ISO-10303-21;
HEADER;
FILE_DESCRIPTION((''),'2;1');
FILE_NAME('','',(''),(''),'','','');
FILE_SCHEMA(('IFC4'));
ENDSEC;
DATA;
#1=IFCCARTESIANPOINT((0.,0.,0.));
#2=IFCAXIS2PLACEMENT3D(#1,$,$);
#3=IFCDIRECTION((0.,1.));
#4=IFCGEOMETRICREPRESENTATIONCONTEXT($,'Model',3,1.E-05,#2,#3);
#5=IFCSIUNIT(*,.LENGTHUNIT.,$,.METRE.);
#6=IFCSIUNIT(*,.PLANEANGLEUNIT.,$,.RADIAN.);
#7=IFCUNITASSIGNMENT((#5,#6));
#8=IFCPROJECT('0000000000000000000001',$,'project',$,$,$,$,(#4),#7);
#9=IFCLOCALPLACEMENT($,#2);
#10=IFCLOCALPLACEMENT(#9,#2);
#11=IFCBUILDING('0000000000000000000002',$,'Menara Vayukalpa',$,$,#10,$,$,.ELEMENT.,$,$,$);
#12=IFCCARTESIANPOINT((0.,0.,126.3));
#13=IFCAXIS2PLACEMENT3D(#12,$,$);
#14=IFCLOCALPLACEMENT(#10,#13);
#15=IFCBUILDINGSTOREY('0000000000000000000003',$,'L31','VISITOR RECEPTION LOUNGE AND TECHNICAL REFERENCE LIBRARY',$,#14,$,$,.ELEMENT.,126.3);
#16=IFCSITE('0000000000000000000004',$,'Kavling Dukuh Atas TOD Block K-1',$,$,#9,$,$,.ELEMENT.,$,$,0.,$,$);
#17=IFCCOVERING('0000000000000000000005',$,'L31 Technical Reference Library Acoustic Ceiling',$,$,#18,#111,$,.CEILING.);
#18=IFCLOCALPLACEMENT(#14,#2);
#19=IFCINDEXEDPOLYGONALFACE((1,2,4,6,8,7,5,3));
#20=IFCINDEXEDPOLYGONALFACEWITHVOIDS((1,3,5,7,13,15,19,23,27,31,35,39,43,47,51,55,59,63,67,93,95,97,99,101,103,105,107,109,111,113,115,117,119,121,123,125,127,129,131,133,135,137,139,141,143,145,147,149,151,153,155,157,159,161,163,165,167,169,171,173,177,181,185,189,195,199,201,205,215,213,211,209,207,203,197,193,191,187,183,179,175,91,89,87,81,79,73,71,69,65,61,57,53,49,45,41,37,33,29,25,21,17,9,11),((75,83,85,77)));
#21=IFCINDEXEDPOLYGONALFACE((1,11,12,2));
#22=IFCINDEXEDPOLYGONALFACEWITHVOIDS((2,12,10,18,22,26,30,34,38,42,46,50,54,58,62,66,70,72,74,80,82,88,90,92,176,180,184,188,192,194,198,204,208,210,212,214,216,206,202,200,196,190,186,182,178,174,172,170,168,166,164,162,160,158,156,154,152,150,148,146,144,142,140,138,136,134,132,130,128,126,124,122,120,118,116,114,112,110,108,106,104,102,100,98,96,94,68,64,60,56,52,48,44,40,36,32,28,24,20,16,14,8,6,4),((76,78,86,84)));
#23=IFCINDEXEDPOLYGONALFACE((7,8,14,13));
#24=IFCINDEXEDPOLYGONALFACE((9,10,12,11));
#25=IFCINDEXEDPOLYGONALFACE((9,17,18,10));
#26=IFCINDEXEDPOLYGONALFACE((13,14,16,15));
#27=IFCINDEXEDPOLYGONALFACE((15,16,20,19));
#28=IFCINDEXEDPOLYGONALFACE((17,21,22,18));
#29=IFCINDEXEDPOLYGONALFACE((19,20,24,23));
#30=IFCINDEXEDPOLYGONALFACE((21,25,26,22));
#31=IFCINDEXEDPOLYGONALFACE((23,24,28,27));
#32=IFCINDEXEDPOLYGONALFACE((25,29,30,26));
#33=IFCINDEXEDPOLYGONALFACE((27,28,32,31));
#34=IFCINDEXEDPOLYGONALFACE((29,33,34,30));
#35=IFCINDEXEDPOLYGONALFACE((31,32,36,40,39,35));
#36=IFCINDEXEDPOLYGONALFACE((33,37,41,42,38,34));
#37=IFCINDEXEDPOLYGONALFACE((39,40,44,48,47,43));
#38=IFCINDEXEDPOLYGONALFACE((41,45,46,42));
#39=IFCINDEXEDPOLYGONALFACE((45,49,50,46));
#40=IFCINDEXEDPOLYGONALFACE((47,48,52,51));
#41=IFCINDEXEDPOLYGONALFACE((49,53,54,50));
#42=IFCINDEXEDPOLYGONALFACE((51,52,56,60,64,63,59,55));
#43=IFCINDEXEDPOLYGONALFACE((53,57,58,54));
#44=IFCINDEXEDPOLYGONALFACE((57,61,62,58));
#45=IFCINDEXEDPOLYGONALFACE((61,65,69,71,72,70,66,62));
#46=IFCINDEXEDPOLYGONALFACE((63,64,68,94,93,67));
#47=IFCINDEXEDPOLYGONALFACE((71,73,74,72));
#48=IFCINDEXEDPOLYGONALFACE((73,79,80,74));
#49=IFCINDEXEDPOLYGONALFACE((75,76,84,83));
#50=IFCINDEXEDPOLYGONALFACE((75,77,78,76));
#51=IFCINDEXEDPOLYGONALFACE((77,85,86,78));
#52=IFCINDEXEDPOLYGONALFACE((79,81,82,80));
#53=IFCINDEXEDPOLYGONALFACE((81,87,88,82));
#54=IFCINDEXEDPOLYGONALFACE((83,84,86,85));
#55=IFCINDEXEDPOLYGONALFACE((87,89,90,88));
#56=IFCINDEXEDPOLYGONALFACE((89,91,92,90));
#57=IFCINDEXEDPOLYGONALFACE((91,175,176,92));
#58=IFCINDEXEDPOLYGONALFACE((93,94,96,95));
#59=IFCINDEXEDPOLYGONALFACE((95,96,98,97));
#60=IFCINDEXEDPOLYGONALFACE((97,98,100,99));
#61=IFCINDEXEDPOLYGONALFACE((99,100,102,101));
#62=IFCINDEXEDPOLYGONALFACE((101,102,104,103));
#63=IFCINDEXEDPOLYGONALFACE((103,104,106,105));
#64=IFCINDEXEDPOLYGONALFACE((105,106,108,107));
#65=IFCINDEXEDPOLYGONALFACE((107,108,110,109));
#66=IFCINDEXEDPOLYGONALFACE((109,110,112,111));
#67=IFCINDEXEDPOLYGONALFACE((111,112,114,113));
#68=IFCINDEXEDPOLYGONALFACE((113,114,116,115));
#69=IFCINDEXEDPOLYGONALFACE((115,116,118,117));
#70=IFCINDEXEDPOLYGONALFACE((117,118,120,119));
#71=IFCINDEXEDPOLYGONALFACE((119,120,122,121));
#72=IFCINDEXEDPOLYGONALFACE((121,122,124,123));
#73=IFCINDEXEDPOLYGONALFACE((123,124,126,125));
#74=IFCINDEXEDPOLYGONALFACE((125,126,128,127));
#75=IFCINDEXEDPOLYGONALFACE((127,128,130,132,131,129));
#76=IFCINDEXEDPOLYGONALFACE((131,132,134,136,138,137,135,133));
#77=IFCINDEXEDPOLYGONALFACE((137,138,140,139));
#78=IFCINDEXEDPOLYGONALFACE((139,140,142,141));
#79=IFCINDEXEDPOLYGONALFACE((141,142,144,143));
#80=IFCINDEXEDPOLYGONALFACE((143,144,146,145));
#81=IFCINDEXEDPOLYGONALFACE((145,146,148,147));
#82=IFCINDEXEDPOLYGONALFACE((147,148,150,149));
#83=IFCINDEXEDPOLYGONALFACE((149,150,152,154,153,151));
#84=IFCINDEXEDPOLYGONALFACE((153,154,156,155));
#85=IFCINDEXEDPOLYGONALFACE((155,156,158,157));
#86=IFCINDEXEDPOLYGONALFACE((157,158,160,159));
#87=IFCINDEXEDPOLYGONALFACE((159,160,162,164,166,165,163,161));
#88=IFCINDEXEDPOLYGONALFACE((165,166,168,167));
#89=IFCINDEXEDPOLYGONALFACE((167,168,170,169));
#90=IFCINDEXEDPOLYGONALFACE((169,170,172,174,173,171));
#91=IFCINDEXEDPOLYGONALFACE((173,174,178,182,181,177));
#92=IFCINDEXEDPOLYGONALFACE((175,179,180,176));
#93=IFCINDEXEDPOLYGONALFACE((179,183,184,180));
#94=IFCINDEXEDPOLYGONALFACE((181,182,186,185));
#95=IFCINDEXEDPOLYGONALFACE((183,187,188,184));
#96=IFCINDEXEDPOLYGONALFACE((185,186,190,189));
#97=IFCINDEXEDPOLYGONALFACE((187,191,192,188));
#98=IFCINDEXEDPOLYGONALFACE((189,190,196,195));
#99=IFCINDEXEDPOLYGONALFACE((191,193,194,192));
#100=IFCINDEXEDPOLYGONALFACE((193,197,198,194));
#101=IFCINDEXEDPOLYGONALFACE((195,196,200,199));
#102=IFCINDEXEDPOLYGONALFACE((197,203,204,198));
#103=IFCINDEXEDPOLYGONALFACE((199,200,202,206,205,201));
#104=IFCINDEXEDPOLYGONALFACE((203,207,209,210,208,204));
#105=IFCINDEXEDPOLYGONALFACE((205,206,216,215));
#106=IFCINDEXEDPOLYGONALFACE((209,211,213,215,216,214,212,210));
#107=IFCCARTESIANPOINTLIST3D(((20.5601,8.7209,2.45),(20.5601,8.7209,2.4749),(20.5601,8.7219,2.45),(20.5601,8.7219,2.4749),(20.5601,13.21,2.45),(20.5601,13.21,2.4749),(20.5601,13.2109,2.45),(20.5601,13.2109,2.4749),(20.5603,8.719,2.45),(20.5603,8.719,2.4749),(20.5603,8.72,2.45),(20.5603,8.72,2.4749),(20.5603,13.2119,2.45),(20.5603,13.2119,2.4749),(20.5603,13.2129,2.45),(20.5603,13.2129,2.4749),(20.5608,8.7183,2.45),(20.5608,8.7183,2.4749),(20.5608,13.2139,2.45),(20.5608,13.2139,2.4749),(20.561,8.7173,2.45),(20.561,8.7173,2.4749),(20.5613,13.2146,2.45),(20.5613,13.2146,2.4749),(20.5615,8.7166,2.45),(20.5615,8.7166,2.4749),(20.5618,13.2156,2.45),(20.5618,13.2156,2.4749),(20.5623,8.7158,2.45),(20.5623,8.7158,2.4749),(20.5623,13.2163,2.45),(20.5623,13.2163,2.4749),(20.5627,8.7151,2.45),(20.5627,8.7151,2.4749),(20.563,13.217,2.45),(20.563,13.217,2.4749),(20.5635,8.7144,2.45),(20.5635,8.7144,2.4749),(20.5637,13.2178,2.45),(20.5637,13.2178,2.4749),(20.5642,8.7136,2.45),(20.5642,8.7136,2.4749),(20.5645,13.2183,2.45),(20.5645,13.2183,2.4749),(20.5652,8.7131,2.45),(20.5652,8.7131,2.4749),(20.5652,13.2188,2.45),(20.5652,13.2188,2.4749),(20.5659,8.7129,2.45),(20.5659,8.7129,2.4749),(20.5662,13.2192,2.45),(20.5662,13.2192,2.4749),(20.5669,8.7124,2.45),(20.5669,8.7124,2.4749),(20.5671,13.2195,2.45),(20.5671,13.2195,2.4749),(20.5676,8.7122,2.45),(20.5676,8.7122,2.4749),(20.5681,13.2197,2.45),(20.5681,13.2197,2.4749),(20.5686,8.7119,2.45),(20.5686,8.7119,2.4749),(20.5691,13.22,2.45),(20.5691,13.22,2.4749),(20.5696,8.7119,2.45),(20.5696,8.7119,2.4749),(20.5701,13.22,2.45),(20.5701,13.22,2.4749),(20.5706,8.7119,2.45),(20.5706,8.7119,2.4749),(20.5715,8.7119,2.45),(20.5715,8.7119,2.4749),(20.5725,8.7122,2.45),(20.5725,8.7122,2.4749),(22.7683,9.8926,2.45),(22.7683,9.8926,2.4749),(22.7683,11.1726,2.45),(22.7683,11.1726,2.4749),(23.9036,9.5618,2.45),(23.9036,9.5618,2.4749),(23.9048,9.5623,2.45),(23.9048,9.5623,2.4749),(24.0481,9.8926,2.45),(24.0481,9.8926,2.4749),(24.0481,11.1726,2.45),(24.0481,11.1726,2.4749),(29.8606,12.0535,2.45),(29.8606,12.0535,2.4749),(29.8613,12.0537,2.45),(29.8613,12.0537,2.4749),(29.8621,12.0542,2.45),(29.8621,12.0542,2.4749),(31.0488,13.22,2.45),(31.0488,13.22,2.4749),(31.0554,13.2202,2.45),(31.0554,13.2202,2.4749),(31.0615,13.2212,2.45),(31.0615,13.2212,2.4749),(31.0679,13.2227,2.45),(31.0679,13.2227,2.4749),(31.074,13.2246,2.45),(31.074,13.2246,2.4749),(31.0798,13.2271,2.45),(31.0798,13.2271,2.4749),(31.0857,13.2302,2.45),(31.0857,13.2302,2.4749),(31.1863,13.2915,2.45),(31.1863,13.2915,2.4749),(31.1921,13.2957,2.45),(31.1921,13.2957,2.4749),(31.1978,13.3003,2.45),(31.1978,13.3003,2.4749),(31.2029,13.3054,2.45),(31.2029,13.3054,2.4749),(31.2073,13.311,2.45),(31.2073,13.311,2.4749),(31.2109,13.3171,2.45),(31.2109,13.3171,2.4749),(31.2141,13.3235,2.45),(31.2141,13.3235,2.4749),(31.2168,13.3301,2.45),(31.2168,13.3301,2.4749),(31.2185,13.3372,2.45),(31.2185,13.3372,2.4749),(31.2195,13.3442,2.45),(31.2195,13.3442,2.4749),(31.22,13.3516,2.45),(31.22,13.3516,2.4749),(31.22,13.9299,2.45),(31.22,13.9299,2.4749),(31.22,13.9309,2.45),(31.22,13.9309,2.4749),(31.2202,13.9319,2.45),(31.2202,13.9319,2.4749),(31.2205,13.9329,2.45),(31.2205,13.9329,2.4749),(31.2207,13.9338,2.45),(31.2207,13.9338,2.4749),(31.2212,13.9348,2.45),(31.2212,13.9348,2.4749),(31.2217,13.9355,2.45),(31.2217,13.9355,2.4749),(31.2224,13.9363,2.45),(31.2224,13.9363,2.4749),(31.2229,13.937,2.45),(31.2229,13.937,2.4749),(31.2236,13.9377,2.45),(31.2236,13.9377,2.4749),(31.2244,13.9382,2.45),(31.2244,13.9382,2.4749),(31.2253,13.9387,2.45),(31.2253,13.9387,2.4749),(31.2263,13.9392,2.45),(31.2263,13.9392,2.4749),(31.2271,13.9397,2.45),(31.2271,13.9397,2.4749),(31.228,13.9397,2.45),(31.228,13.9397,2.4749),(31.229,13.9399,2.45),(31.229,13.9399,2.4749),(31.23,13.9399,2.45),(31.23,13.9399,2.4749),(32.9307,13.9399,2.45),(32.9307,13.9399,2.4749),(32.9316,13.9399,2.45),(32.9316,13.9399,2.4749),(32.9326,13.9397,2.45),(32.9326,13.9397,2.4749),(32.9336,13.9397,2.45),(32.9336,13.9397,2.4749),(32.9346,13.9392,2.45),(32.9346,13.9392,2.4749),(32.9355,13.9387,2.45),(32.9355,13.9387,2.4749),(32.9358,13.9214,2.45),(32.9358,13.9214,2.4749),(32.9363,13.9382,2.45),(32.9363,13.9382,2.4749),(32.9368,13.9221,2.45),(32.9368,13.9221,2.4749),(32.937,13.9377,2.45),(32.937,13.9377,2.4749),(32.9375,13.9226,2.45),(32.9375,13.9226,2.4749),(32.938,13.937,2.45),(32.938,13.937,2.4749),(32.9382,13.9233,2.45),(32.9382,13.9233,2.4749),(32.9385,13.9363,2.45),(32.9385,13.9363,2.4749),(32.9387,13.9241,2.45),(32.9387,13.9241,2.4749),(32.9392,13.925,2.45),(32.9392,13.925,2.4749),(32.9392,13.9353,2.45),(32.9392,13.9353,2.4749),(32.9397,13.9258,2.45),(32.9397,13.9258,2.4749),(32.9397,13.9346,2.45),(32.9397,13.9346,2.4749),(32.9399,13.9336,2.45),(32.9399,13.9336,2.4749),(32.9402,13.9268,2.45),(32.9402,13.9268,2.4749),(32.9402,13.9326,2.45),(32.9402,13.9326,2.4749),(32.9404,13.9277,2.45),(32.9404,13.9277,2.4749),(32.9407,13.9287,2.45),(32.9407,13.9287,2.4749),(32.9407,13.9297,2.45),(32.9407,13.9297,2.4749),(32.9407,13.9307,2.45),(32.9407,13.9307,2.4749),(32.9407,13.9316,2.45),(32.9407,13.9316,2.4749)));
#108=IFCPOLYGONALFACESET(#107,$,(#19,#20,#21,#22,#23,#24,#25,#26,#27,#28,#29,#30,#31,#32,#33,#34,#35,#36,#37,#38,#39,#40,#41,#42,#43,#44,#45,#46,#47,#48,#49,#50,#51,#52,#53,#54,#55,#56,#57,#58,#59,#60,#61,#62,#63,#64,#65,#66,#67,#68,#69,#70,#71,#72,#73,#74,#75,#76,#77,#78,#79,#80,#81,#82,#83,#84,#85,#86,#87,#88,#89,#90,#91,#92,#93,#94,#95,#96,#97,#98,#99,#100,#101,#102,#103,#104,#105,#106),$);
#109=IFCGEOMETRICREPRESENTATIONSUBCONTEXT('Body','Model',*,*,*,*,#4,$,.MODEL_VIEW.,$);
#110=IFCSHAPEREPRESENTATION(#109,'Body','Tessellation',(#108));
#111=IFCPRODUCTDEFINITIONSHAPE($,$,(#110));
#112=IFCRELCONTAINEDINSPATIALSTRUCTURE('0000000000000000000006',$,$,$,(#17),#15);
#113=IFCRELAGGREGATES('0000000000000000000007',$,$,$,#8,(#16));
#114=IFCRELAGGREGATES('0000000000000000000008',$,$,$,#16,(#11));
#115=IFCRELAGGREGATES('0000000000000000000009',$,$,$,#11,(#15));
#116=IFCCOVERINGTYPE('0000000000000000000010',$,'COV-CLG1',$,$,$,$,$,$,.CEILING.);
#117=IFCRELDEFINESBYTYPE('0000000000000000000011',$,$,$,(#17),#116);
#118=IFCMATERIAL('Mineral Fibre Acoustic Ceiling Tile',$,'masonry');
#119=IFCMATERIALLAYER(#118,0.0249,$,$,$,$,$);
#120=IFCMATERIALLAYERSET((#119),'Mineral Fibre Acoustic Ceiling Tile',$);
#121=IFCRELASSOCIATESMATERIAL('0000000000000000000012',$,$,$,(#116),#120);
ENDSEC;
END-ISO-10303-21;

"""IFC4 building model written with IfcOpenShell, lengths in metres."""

from ifc_helpers import new_model, si_unit, direction, frame, origin, place, context, subcontext, project, spatial, polyline, outline, extrude, material, layer, layer_set, type_object, element, save


model = new_model("IFC4")

# Units and contexts
model_context = context("Model", 3, precision=1e-05, world=origin(), true_north=direction((0.0, 1.0)))
body_context = subcontext(model_context, "Body", "Model", "MODEL_VIEW")
ifc_project = project(units=[si_unit("LENGTHUNIT", "METRE"), si_unit("PLANEANGLEUNIT", "RADIAN")], contexts=[model_context])

# Site, building, storey
site_placement = place(None, origin())
site = spatial("IfcSite", under=ifc_project, at=site_placement, Name="Kavling Dukuh Atas TOD Block K-1", CompositionType="ELEMENT", RefElevation=0.0)
building_placement = place(site_placement, origin())
building = spatial("IfcBuilding", under=site, at=building_placement, Name="Menara Vayukalpa", CompositionType="ELEMENT")
storey_placement = place(building_placement, frame((0.0, 0.0, 126.3)))
storey = spatial("IfcBuildingStorey", under=building, at=storey_placement, Name="L31", Description="VISITOR RECEPTION LOUNGE AND TECHNICAL REFERENCE LIBRARY", CompositionType="ELEMENT", Elevation=126.3)

# Covering
ifc_material_1 = material(Name="Mineral Fibre Acoustic Ceiling Tile", Category="masonry")
ifc_layer_1 = layer(ifc_material_1, 0.0249)
ifc_layer_set_1 = layer_set([ifc_layer_1], Name="Mineral Fibre Acoustic Ceiling Tile")
covering_type_1 = type_object("IfcCoveringType", Name="COV-CLG1", PredefinedType="CEILING", material=ifc_layer_set_1)
covering_1_placement = place(storey_placement, frame((0.0, 0.0, 2.45)))
element("IfcCovering", 1, at=covering_1_placement, inside=storey, type_object=covering_type_1, Name="L31 Technical Reference Library Acoustic Ceiling", PredefinedType="CEILING", context=body_context, shape_type="SweptSolid", body=[
    extrude(outline(polyline([(29.8606, 12.0535), (23.9048, 9.5623), (23.9036, 9.5618), (20.5725, 8.7122), (20.5715, 8.7119), (20.5706, 8.7119), (20.5696, 8.7119), (20.5686, 8.7119), (20.5676, 8.7122), (20.5669, 8.7124), (20.5659, 8.7129), (20.5652, 8.7131), (20.5642, 8.7136), (20.5635, 8.7144), (20.5627, 8.7151), (20.5623, 8.7158), (20.5615, 8.7166), (20.561, 8.7173), (20.5608, 8.7183), (20.5603, 8.719), (20.5603, 8.72), (20.5601, 8.7209), (20.5601, 8.7219), (20.5601, 13.21), (20.5601, 13.2109), (20.5603, 13.2119), (20.5603, 13.2129), (20.5608, 13.2139), (20.5613, 13.2146), (20.5618, 13.2156), (20.5623, 13.2163), (20.563, 13.217), (20.5637, 13.2178), (20.5645, 13.2183), (20.5652, 13.2188), (20.5662, 13.2192), (20.5671, 13.2195), (20.5681, 13.2197), (20.5691, 13.22), (20.5701, 13.22), (31.0488, 13.22), (31.0554, 13.2202), (31.0615, 13.2212), (31.0679, 13.2227), (31.074, 13.2246), (31.0798, 13.2271), (31.0857, 13.2302), (31.1863, 13.2915), (31.1921, 13.2957), (31.1978, 13.3003), (31.2029, 13.3054), (31.2073, 13.311), (31.2109, 13.3171), (31.2141, 13.3235), (31.2168, 13.3301), (31.2185, 13.3372), (31.2195, 13.3442), (31.22, 13.3516), (31.22, 13.9299), (31.22, 13.9309), (31.2202, 13.9319), (31.2205, 13.9329), (31.2207, 13.9338), (31.2212, 13.9348), (31.2217, 13.9355), (31.2224, 13.9363), (31.2229, 13.937), (31.2236, 13.9377), (31.2244, 13.9382), (31.2253, 13.9387), (31.2263, 13.9392), (31.2271, 13.9397), (31.228, 13.9397), (31.229, 13.9399), (31.23, 13.9399), (32.9307, 13.9399), (32.9316, 13.9399), (32.9326, 13.9397), (32.9336, 13.9397), (32.9346, 13.9392), (32.9355, 13.9387), (32.9363, 13.9382), (32.937, 13.9377), (32.938, 13.937), (32.9385, 13.9363), (32.9392, 13.9353), (32.9397, 13.9346), (32.9399, 13.9336), (32.9402, 13.9326), (32.9407, 13.9316), (32.9407, 13.9307), (32.9407, 13.9297), (32.9407, 13.9287), (32.9404, 13.9277), (32.9402, 13.9268), (32.9397, 13.9258), (32.9392, 13.925), (32.9387, 13.9241), (32.9382, 13.9233), (32.9375, 13.9226), (32.9368, 13.9221), (32.9358, 13.9214), (29.8621, 12.0542), (29.8613, 12.0537), (29.8606, 12.0535)]), holes=[polyline([(24.0481, 11.1726), (22.7683, 11.1726), (22.7683, 9.8926), (24.0481, 9.8926), (24.0481, 11.1726)])]), origin(), (0.0, 0.0, 1.0), 0.0249),
])

save(model, "model.ifc")
